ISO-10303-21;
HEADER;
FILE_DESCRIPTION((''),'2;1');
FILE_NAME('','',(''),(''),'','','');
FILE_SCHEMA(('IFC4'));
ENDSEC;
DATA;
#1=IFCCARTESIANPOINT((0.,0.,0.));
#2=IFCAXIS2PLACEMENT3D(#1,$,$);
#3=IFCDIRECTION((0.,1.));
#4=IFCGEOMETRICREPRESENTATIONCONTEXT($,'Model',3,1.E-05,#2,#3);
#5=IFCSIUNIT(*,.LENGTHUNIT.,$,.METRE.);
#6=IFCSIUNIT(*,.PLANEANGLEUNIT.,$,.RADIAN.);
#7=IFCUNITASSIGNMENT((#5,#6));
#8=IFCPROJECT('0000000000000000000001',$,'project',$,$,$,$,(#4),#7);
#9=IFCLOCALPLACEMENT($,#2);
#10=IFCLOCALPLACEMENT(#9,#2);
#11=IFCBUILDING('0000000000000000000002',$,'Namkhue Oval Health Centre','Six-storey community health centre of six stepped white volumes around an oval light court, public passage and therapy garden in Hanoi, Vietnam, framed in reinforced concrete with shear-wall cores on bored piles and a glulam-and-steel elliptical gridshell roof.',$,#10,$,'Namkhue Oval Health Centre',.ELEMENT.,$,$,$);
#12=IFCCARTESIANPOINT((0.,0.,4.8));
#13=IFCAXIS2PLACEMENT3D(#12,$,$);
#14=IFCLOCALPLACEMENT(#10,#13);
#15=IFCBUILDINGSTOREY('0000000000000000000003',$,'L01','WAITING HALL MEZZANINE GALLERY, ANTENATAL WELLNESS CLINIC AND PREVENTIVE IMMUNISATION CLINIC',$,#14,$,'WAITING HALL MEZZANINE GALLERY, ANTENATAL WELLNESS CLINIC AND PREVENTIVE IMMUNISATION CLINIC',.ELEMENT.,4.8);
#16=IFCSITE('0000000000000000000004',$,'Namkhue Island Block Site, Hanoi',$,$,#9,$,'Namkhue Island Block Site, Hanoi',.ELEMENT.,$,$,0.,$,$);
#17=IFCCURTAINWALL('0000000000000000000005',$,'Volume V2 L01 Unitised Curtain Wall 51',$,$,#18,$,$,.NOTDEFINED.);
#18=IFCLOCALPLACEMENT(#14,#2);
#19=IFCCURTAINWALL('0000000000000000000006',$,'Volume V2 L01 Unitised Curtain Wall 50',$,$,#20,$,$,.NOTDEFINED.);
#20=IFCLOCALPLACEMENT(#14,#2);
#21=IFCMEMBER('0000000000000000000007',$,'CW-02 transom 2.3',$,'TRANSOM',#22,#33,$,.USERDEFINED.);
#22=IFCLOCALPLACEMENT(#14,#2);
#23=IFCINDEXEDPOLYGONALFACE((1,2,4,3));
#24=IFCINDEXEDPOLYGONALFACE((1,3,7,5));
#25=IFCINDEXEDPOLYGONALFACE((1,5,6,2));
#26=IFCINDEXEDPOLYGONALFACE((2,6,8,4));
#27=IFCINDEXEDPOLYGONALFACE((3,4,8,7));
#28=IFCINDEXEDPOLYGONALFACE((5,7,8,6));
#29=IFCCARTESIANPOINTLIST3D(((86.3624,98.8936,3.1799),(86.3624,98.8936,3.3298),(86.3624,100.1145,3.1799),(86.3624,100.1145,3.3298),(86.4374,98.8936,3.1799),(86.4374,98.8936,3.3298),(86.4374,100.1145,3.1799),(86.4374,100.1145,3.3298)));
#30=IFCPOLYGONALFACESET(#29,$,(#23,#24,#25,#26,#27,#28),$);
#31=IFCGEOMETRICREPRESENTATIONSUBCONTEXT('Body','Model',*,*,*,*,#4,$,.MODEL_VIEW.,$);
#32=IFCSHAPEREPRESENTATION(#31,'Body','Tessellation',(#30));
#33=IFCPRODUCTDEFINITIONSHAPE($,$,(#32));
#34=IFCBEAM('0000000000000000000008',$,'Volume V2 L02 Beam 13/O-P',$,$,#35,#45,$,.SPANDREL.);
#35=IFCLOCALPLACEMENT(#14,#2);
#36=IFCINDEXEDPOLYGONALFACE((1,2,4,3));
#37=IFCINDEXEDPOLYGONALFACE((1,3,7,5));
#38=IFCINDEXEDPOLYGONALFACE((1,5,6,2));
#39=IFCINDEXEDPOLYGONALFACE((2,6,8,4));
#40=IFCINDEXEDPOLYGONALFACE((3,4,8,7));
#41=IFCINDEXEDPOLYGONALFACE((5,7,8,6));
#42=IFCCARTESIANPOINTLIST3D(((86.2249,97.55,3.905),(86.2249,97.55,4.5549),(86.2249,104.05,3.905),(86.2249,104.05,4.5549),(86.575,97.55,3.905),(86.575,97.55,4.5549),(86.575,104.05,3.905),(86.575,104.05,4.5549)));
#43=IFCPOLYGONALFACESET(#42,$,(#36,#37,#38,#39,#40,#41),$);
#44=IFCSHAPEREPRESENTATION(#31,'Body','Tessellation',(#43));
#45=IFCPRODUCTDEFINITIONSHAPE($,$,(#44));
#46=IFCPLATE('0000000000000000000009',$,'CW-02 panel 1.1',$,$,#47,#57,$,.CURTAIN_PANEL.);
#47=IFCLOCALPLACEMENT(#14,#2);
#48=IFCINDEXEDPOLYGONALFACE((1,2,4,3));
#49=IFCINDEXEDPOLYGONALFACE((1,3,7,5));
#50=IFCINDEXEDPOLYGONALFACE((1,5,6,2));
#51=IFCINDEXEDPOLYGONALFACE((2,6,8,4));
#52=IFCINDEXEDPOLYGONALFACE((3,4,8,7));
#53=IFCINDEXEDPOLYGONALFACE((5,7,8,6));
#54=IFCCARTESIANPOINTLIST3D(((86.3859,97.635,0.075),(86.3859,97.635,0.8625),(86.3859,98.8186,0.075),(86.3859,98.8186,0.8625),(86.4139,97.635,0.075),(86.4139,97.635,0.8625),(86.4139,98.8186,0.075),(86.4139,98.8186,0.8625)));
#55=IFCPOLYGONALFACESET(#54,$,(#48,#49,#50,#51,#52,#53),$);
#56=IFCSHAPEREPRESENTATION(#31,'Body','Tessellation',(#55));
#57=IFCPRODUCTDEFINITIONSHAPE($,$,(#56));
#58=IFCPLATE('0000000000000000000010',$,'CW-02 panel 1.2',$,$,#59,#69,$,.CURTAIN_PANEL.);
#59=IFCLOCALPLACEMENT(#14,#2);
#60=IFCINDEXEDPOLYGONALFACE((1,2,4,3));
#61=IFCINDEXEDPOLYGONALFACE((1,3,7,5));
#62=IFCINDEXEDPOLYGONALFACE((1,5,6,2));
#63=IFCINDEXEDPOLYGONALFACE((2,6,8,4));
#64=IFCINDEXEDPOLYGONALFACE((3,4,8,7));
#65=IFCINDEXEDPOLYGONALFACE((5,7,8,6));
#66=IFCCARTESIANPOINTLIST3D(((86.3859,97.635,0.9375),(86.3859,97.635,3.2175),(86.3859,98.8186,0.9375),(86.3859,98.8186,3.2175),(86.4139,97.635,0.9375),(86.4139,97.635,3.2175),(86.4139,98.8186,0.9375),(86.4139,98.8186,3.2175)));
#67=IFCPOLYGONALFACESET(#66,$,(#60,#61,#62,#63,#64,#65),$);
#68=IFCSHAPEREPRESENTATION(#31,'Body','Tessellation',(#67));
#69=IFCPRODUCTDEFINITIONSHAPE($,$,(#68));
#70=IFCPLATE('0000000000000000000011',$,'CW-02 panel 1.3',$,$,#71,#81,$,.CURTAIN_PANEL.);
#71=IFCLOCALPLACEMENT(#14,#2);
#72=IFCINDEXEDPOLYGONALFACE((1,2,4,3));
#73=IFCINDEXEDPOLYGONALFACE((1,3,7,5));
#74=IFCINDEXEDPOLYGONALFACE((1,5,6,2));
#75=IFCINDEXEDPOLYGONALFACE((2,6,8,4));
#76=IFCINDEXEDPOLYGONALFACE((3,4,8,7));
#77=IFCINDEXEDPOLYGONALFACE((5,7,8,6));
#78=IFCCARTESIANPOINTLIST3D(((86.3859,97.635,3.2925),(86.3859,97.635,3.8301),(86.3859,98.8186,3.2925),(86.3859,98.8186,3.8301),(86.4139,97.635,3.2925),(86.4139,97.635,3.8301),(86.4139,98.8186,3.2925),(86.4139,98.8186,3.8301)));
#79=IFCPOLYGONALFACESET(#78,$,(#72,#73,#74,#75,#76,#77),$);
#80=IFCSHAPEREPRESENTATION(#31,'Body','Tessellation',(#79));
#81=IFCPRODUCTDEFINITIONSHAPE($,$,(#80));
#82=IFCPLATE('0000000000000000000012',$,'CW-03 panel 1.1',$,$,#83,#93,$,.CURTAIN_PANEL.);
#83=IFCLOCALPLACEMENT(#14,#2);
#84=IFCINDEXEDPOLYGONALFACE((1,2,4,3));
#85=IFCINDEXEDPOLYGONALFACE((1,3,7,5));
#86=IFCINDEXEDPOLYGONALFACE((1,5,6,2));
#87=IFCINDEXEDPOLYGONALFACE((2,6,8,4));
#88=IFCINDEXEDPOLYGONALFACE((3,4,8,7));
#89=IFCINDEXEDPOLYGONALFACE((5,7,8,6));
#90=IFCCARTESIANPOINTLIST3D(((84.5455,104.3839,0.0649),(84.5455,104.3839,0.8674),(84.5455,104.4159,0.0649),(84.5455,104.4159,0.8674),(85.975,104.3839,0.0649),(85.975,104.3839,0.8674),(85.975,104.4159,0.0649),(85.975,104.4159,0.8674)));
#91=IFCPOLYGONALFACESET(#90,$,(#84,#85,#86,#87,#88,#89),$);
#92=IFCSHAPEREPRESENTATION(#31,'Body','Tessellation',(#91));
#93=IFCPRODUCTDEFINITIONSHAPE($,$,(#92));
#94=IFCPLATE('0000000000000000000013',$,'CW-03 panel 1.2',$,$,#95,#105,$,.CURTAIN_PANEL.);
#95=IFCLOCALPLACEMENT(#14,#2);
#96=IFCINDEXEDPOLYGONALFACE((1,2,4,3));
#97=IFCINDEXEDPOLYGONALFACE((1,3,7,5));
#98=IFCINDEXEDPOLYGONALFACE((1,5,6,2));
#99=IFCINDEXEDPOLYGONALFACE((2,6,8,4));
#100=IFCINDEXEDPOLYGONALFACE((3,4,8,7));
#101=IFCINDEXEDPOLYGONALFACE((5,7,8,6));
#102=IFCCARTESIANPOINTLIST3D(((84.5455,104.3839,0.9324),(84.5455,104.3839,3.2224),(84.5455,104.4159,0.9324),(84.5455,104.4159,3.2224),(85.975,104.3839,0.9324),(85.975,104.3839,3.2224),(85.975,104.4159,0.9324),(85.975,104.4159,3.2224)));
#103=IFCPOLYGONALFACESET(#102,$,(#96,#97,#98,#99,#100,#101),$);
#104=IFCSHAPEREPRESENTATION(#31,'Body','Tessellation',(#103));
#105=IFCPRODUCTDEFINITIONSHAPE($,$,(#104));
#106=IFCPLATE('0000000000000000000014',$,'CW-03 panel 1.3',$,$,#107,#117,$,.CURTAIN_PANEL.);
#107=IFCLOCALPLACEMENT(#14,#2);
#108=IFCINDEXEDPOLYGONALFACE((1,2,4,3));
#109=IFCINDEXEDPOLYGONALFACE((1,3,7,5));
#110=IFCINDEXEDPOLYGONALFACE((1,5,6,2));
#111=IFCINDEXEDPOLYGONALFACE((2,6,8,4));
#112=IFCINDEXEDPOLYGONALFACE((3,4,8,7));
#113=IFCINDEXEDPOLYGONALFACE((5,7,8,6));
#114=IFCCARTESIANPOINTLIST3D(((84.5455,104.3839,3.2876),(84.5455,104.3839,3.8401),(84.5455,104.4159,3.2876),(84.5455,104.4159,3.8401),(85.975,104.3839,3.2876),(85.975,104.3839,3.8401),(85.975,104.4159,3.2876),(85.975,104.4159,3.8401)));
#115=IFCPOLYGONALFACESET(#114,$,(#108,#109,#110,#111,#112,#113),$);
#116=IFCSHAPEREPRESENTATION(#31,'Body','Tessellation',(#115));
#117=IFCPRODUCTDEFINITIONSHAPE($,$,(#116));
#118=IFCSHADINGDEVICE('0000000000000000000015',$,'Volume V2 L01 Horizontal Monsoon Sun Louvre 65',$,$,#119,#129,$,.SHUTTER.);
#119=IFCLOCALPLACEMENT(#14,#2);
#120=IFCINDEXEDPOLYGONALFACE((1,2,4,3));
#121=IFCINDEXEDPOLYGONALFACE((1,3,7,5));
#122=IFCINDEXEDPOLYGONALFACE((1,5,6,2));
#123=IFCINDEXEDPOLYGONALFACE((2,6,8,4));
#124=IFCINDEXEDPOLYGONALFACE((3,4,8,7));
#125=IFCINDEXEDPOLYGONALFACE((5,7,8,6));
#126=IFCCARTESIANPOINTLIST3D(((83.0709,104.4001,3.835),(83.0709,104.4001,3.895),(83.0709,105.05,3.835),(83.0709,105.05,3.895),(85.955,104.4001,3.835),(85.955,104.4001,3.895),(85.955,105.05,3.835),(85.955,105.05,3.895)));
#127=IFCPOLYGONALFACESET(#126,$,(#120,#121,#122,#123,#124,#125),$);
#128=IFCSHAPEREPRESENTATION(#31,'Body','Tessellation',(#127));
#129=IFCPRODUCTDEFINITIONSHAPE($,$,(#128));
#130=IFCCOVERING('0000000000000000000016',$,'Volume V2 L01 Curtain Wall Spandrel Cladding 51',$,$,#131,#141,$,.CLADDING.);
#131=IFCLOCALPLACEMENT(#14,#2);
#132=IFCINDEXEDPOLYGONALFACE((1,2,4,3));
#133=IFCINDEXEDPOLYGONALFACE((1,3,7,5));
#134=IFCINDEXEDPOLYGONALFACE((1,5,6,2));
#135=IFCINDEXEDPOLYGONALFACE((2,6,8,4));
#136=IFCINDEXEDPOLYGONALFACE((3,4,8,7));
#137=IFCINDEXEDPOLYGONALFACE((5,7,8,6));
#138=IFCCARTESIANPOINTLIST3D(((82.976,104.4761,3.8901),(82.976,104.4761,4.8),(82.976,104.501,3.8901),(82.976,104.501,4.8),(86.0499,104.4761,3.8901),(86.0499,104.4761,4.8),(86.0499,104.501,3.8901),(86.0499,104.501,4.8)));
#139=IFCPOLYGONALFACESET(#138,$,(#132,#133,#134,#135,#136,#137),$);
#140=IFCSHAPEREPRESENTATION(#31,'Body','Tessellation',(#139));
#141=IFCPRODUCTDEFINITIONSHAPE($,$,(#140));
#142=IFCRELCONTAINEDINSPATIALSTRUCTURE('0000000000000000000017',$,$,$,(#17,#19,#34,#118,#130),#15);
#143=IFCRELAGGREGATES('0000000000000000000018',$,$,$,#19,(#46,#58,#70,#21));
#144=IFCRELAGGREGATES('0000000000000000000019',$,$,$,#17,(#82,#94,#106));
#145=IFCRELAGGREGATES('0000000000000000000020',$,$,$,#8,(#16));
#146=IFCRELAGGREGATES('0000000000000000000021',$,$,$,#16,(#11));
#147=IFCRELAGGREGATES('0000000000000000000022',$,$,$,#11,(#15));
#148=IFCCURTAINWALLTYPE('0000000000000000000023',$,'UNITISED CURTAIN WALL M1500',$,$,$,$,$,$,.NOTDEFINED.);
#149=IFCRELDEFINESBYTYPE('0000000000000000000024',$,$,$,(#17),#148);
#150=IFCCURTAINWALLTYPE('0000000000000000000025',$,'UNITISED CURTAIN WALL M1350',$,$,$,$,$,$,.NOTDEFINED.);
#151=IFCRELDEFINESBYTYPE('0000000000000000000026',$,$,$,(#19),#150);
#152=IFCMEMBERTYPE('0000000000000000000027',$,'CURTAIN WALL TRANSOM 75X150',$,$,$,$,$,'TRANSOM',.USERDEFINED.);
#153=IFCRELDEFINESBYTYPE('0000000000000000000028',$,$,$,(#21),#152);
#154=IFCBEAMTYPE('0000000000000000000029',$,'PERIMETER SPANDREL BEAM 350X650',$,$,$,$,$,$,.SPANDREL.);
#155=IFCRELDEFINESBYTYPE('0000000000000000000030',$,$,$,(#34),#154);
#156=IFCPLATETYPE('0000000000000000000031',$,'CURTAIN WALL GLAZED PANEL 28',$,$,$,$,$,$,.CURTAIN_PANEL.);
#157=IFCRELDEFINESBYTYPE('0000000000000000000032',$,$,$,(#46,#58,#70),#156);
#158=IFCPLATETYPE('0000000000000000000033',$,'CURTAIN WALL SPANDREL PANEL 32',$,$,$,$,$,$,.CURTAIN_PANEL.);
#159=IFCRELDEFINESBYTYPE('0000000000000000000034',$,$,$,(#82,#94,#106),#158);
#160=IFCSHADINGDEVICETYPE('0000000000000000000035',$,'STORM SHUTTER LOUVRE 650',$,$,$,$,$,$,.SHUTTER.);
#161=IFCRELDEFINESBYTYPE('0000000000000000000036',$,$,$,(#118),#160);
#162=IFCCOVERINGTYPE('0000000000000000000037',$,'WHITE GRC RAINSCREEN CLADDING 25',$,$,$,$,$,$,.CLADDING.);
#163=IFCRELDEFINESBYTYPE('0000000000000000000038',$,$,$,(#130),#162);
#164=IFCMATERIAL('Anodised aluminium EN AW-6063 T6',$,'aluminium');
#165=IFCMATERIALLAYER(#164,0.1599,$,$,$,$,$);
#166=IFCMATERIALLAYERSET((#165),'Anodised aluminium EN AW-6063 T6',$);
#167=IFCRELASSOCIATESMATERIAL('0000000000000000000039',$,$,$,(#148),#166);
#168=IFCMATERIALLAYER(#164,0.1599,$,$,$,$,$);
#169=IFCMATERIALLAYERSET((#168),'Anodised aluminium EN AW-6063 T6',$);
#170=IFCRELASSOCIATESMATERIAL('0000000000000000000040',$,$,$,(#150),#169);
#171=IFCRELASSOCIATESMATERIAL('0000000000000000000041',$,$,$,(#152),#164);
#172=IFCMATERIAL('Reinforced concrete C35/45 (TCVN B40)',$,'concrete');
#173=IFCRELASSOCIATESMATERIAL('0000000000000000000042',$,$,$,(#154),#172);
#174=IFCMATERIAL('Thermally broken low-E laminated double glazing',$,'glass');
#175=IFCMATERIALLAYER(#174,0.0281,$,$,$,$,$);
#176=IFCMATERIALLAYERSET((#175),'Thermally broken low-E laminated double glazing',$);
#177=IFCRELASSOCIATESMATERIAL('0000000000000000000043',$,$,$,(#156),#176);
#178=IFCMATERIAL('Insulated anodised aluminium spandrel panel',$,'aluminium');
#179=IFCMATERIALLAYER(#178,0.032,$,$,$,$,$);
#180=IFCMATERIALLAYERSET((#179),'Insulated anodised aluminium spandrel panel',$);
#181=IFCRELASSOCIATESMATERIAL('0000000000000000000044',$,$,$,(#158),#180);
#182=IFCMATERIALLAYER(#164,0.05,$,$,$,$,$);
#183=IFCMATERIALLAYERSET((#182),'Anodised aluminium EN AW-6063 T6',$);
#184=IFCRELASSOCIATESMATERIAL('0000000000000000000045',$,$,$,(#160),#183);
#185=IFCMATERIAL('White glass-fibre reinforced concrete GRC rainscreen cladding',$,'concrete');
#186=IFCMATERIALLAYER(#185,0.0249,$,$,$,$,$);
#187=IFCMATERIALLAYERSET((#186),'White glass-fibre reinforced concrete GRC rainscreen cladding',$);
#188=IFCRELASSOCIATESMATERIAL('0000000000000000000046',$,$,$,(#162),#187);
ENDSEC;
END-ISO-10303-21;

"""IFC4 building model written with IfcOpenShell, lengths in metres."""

from ifc_helpers import new_model, si_unit, direction, frame, origin, origin_2d, place, context, subcontext, project, spatial, rectangle, extrude, material, layer, layer_set, material_profile, profile_set, type_object, element, aggregate, save


model = new_model("IFC4")

# Units and contexts
model_context = context("Model", 3, precision=1e-05, world=origin(), true_north=direction((0.0, 1.0)))
body_context = subcontext(model_context, "Body", "Model", "MODEL_VIEW")
ifc_project = project(units=[si_unit("LENGTHUNIT", "METRE"), si_unit("PLANEANGLEUNIT", "RADIAN")], contexts=[model_context])

# Site, building, storey
site_placement = place(None, origin())
site = spatial("IfcSite", under=ifc_project, at=site_placement, Name="Namkhue Island Block Site, Hanoi", LongName="Namkhue Island Block Site, Hanoi", CompositionType="ELEMENT", RefElevation=0.0)
building_placement = place(site_placement, origin())
building = spatial("IfcBuilding", under=site, at=building_placement, Name="Namkhue Oval Health Centre", Description="Six-storey community health centre of six stepped white volumes around an oval light court, public passage and therapy garden in Hanoi, Vietnam, framed in reinforced concrete with shear-wall cores on bored piles and a glulam-and-steel elliptical gridshell roof.", LongName="Namkhue Oval Health Centre", CompositionType="ELEMENT")
storey_placement = place(building_placement, frame((0.0, 0.0, 4.8)))
storey = spatial("IfcBuildingStorey", under=building, at=storey_placement, Name="L01", Description="WAITING HALL MEZZANINE GALLERY, ANTENATAL WELLNESS CLINIC AND PREVENTIVE IMMUNISATION CLINIC", LongName="WAITING HALL MEZZANINE GALLERY, ANTENATAL WELLNESS CLINIC AND PREVENTIVE IMMUNISATION CLINIC", CompositionType="ELEMENT", Elevation=4.8)

# Curtain walls
ifc_material_1 = material(Name="Anodised aluminium EN AW-6063 T6", Category="aluminium")
ifc_layer_1 = layer(ifc_material_1, 0.1599)
ifc_layer_set_1 = layer_set([ifc_layer_1], Name="Anodised aluminium EN AW-6063 T6")
curtain_wall_type_1 = type_object("IfcCurtainWallType", Name="UNITISED CURTAIN WALL M1500", PredefinedType="NOTDEFINED", material=ifc_layer_set_1)
curtain_wall_1_placement = place(storey_placement, origin())
curtain_wall_1 = element("IfcCurtainWall", 1, at=curtain_wall_1_placement, inside=storey, type_object=curtain_wall_type_1, Name="Volume V2 L01 Unitised Curtain Wall 51", PredefinedType="NOTDEFINED")
ifc_layer_2 = layer(ifc_material_1, 0.1599)
ifc_layer_set_2 = layer_set([ifc_layer_2], Name="Anodised aluminium EN AW-6063 T6")
curtain_wall_type_2 = type_object("IfcCurtainWallType", Name="UNITISED CURTAIN WALL M1350", PredefinedType="NOTDEFINED", material=ifc_layer_set_2)
curtain_wall_2_placement = place(storey_placement, origin())
curtain_wall_2 = element("IfcCurtainWall", 2, at=curtain_wall_2_placement, inside=storey, type_object=curtain_wall_type_2, Name="Volume V2 L01 Unitised Curtain Wall 50", PredefinedType="NOTDEFINED")

# Member
ifc_material_profile_1 = material_profile(ifc_material_1, rectangle(XDim=0.075, YDim=0.1499, at=origin_2d()), Name="ALU 75x150")
ifc_profile_set_1 = profile_set([ifc_material_profile_1], Name="Anodised aluminium EN AW-6063 T6")
member_type_1 = type_object("IfcMemberType", Name="CURTAIN WALL TRANSOM 75X150", ElementType="TRANSOM", PredefinedType="USERDEFINED", material=ifc_profile_set_1)
member_1_placement = place(storey_placement, frame((86.3999, 98.8936, 3.2549), z_axis=(0.0, 1.0, 0.0), x_axis=(-1.0, 0.0, 0.0)))
member_1 = element("IfcMember", 3, at=member_1_placement, type_object=member_type_1, Name="CW-02 transom 2.3", ObjectType="TRANSOM", PredefinedType="USERDEFINED", context=body_context, shape_type="SweptSolid", body=[
    extrude(rectangle(XDim=0.075, YDim=0.1499, at=origin_2d()), origin(), (0.0, 0.0, 1.0), 1.2209),
])

# Beam
ifc_material_2 = material(Name="Reinforced concrete C35/45 (TCVN B40)", Category="concrete")
ifc_material_profile_2 = material_profile(ifc_material_2, rectangle(XDim=0.3501, YDim=0.6499, at=origin_2d()), Name="RC 350x650")
ifc_profile_set_2 = profile_set([ifc_material_profile_2], Name="Reinforced concrete C35/45 (TCVN B40)")
beam_type = type_object("IfcBeamType", Name="PERIMETER SPANDREL BEAM 350X650", PredefinedType="SPANDREL", material=ifc_profile_set_2)
beam_placement = place(storey_placement, frame((86.3999, 97.55, 4.23), z_axis=(0.0, 1.0, 0.0), x_axis=(-1.0, 0.0, 0.0)))
element("IfcBeam", 4, at=beam_placement, inside=storey, type_object=beam_type, Name="Volume V2 L02 Beam 13/O-P", PredefinedType="SPANDREL", context=body_context, shape_type="SweptSolid", body=[
    extrude(rectangle(XDim=0.3501, YDim=0.6499, at=origin_2d()), origin(), (0.0, 0.0, 1.0), 6.5),
])

# Plates
ifc_material_3 = material(Name="Thermally broken low-E laminated double glazing", Category="glass")
ifc_layer_3 = layer(ifc_material_3, 0.0281)
ifc_layer_set_3 = layer_set([ifc_layer_3], Name="Thermally broken low-E laminated double glazing")
plate_type_1 = type_object("IfcPlateType", Name="CURTAIN WALL GLAZED PANEL 28", PredefinedType="CURTAIN_PANEL", material=ifc_layer_set_3)
plate_1_placement = place(storey_placement, frame((86.3999, 98.2268, 0.075), z_axis=(0.0, 0.0, 1.0), x_axis=(0.0, 1.0, 0.0)))
plate_1 = element("IfcPlate", 5, at=plate_1_placement, type_object=plate_type_1, Name="CW-02 panel 1.1", PredefinedType="CURTAIN_PANEL", context=body_context, shape_type="SweptSolid", body=[
    extrude(rectangle(XDim=1.1836, YDim=0.0281, at=origin_2d()), origin(), (0.0, 0.0, 1.0), 0.7876),
])
plate_2_placement = place(storey_placement, frame((86.3999, 98.2268, 0.9375), z_axis=(0.0, 0.0, 1.0), x_axis=(0.0, 1.0, 0.0)))
plate_2 = element("IfcPlate", 6, at=plate_2_placement, type_object=plate_type_1, Name="CW-02 panel 1.2", PredefinedType="CURTAIN_PANEL", context=body_context, shape_type="SweptSolid", body=[
    extrude(rectangle(XDim=1.1836, YDim=0.0281, at=origin_2d()), origin(), (0.0, 0.0, 1.0), 2.28),
])
plate_3_placement = place(storey_placement, frame((86.3999, 98.2268, 3.2925), z_axis=(0.0, 0.0, 1.0), x_axis=(0.0, 1.0, 0.0)))
plate_3 = element("IfcPlate", 7, at=plate_3_placement, type_object=plate_type_1, Name="CW-02 panel 1.3", PredefinedType="CURTAIN_PANEL", context=body_context, shape_type="SweptSolid", body=[
    extrude(rectangle(XDim=1.1836, YDim=0.0281, at=origin_2d()), origin(), (0.0, 0.0, 1.0), 0.5376),
])
aggregate(curtain_wall_2, [plate_1, plate_2, plate_3, member_1])
ifc_material_4 = material(Name="Insulated anodised aluminium spandrel panel", Category="aluminium")
ifc_layer_4 = layer(ifc_material_4, 0.032)
ifc_layer_set_4 = layer_set([ifc_layer_4], Name="Insulated anodised aluminium spandrel panel")
plate_type_2 = type_object("IfcPlateType", Name="CURTAIN WALL SPANDREL PANEL 32", PredefinedType="CURTAIN_PANEL", material=ifc_layer_set_4)
plate_4_placement = place(storey_placement, frame((85.2603, 104.3999, 0.0649), z_axis=(0.0, 0.0, 1.0), x_axis=(-1.0, 0.0, 0.0)))
plate_4 = element("IfcPlate", 8, at=plate_4_placement, type_object=plate_type_2, Name="CW-03 panel 1.1", PredefinedType="CURTAIN_PANEL", context=body_context, shape_type="SweptSolid", body=[
    extrude(rectangle(XDim=1.4294, YDim=0.032, at=origin_2d()), origin(), (0.0, 0.0, 1.0), 0.8025),
])
plate_5_placement = place(storey_placement, frame((85.2603, 104.3999, 0.9324), z_axis=(0.0, 0.0, 1.0), x_axis=(-1.0, 0.0, 0.0)))
plate_5 = element("IfcPlate", 9, at=plate_5_placement, type_object=plate_type_2, Name="CW-03 panel 1.2", PredefinedType="CURTAIN_PANEL", context=body_context, shape_type="SweptSolid", body=[
    extrude(rectangle(XDim=1.4294, YDim=0.032, at=origin_2d()), origin(), (0.0, 0.0, 1.0), 2.29),
])
plate_6_placement = place(storey_placement, frame((85.2603, 104.3999, 3.2876), z_axis=(0.0, 0.0, 1.0), x_axis=(-1.0, 0.0, 0.0)))
plate_6 = element("IfcPlate", 10, at=plate_6_placement, type_object=plate_type_2, Name="CW-03 panel 1.3", PredefinedType="CURTAIN_PANEL", context=body_context, shape_type="SweptSolid", body=[
    extrude(rectangle(XDim=1.4294, YDim=0.032, at=origin_2d()), origin(), (0.0, 0.0, 1.0), 0.5525),
])
aggregate(curtain_wall_1, [plate_4, plate_5, plate_6])

# Shading device
ifc_layer_5 = layer(ifc_material_1, 0.05)
ifc_layer_set_5 = layer_set([ifc_layer_5], Name="Anodised aluminium EN AW-6063 T6")
shading_device_type = type_object("IfcShadingDeviceType", Name="STORM SHUTTER LOUVRE 650", PredefinedType="SHUTTER", material=ifc_layer_set_5)
shading_device_placement = place(storey_placement, frame((84.5129, 104.7251, 3.835), z_axis=(0.0, 0.0, 1.0), x_axis=(-1.0, 0.0, 0.0)))
element("IfcShadingDevice", 11, at=shading_device_placement, inside=storey, type_object=shading_device_type, Name="Volume V2 L01 Horizontal Monsoon Sun Louvre 65", PredefinedType="SHUTTER", context=body_context, shape_type="SweptSolid", body=[
    extrude(rectangle(XDim=2.884, YDim=0.6499, at=origin_2d()), origin(), (0.0, 0.0, 1.0), 0.0601),
])

# Covering
ifc_material_5 = material(Name="White glass-fibre reinforced concrete GRC rainscreen cladding", Category="concrete")
ifc_layer_6 = layer(ifc_material_5, 0.0249)
ifc_layer_set_6 = layer_set([ifc_layer_6], Name="White glass-fibre reinforced concrete GRC rainscreen cladding")
covering_type = type_object("IfcCoveringType", Name="WHITE GRC RAINSCREEN CLADDING 25", PredefinedType="CLADDING", material=ifc_layer_set_6)
covering_placement = place(storey_placement, frame((84.5129, 104.4885, 3.8901), z_axis=(0.0, 0.0, 1.0), x_axis=(-1.0, 0.0, 0.0)))
element("IfcCovering", 12, at=covering_placement, inside=storey, type_object=covering_type, Name="Volume V2 L01 Curtain Wall Spandrel Cladding 51", PredefinedType="CLADDING", context=body_context, shape_type="SweptSolid", body=[
    extrude(rectangle(XDim=3.074, YDim=0.0249, at=origin_2d()), origin(), (0.0, 0.0, 1.0), 0.9099),
])

save(model, "model.ifc")
